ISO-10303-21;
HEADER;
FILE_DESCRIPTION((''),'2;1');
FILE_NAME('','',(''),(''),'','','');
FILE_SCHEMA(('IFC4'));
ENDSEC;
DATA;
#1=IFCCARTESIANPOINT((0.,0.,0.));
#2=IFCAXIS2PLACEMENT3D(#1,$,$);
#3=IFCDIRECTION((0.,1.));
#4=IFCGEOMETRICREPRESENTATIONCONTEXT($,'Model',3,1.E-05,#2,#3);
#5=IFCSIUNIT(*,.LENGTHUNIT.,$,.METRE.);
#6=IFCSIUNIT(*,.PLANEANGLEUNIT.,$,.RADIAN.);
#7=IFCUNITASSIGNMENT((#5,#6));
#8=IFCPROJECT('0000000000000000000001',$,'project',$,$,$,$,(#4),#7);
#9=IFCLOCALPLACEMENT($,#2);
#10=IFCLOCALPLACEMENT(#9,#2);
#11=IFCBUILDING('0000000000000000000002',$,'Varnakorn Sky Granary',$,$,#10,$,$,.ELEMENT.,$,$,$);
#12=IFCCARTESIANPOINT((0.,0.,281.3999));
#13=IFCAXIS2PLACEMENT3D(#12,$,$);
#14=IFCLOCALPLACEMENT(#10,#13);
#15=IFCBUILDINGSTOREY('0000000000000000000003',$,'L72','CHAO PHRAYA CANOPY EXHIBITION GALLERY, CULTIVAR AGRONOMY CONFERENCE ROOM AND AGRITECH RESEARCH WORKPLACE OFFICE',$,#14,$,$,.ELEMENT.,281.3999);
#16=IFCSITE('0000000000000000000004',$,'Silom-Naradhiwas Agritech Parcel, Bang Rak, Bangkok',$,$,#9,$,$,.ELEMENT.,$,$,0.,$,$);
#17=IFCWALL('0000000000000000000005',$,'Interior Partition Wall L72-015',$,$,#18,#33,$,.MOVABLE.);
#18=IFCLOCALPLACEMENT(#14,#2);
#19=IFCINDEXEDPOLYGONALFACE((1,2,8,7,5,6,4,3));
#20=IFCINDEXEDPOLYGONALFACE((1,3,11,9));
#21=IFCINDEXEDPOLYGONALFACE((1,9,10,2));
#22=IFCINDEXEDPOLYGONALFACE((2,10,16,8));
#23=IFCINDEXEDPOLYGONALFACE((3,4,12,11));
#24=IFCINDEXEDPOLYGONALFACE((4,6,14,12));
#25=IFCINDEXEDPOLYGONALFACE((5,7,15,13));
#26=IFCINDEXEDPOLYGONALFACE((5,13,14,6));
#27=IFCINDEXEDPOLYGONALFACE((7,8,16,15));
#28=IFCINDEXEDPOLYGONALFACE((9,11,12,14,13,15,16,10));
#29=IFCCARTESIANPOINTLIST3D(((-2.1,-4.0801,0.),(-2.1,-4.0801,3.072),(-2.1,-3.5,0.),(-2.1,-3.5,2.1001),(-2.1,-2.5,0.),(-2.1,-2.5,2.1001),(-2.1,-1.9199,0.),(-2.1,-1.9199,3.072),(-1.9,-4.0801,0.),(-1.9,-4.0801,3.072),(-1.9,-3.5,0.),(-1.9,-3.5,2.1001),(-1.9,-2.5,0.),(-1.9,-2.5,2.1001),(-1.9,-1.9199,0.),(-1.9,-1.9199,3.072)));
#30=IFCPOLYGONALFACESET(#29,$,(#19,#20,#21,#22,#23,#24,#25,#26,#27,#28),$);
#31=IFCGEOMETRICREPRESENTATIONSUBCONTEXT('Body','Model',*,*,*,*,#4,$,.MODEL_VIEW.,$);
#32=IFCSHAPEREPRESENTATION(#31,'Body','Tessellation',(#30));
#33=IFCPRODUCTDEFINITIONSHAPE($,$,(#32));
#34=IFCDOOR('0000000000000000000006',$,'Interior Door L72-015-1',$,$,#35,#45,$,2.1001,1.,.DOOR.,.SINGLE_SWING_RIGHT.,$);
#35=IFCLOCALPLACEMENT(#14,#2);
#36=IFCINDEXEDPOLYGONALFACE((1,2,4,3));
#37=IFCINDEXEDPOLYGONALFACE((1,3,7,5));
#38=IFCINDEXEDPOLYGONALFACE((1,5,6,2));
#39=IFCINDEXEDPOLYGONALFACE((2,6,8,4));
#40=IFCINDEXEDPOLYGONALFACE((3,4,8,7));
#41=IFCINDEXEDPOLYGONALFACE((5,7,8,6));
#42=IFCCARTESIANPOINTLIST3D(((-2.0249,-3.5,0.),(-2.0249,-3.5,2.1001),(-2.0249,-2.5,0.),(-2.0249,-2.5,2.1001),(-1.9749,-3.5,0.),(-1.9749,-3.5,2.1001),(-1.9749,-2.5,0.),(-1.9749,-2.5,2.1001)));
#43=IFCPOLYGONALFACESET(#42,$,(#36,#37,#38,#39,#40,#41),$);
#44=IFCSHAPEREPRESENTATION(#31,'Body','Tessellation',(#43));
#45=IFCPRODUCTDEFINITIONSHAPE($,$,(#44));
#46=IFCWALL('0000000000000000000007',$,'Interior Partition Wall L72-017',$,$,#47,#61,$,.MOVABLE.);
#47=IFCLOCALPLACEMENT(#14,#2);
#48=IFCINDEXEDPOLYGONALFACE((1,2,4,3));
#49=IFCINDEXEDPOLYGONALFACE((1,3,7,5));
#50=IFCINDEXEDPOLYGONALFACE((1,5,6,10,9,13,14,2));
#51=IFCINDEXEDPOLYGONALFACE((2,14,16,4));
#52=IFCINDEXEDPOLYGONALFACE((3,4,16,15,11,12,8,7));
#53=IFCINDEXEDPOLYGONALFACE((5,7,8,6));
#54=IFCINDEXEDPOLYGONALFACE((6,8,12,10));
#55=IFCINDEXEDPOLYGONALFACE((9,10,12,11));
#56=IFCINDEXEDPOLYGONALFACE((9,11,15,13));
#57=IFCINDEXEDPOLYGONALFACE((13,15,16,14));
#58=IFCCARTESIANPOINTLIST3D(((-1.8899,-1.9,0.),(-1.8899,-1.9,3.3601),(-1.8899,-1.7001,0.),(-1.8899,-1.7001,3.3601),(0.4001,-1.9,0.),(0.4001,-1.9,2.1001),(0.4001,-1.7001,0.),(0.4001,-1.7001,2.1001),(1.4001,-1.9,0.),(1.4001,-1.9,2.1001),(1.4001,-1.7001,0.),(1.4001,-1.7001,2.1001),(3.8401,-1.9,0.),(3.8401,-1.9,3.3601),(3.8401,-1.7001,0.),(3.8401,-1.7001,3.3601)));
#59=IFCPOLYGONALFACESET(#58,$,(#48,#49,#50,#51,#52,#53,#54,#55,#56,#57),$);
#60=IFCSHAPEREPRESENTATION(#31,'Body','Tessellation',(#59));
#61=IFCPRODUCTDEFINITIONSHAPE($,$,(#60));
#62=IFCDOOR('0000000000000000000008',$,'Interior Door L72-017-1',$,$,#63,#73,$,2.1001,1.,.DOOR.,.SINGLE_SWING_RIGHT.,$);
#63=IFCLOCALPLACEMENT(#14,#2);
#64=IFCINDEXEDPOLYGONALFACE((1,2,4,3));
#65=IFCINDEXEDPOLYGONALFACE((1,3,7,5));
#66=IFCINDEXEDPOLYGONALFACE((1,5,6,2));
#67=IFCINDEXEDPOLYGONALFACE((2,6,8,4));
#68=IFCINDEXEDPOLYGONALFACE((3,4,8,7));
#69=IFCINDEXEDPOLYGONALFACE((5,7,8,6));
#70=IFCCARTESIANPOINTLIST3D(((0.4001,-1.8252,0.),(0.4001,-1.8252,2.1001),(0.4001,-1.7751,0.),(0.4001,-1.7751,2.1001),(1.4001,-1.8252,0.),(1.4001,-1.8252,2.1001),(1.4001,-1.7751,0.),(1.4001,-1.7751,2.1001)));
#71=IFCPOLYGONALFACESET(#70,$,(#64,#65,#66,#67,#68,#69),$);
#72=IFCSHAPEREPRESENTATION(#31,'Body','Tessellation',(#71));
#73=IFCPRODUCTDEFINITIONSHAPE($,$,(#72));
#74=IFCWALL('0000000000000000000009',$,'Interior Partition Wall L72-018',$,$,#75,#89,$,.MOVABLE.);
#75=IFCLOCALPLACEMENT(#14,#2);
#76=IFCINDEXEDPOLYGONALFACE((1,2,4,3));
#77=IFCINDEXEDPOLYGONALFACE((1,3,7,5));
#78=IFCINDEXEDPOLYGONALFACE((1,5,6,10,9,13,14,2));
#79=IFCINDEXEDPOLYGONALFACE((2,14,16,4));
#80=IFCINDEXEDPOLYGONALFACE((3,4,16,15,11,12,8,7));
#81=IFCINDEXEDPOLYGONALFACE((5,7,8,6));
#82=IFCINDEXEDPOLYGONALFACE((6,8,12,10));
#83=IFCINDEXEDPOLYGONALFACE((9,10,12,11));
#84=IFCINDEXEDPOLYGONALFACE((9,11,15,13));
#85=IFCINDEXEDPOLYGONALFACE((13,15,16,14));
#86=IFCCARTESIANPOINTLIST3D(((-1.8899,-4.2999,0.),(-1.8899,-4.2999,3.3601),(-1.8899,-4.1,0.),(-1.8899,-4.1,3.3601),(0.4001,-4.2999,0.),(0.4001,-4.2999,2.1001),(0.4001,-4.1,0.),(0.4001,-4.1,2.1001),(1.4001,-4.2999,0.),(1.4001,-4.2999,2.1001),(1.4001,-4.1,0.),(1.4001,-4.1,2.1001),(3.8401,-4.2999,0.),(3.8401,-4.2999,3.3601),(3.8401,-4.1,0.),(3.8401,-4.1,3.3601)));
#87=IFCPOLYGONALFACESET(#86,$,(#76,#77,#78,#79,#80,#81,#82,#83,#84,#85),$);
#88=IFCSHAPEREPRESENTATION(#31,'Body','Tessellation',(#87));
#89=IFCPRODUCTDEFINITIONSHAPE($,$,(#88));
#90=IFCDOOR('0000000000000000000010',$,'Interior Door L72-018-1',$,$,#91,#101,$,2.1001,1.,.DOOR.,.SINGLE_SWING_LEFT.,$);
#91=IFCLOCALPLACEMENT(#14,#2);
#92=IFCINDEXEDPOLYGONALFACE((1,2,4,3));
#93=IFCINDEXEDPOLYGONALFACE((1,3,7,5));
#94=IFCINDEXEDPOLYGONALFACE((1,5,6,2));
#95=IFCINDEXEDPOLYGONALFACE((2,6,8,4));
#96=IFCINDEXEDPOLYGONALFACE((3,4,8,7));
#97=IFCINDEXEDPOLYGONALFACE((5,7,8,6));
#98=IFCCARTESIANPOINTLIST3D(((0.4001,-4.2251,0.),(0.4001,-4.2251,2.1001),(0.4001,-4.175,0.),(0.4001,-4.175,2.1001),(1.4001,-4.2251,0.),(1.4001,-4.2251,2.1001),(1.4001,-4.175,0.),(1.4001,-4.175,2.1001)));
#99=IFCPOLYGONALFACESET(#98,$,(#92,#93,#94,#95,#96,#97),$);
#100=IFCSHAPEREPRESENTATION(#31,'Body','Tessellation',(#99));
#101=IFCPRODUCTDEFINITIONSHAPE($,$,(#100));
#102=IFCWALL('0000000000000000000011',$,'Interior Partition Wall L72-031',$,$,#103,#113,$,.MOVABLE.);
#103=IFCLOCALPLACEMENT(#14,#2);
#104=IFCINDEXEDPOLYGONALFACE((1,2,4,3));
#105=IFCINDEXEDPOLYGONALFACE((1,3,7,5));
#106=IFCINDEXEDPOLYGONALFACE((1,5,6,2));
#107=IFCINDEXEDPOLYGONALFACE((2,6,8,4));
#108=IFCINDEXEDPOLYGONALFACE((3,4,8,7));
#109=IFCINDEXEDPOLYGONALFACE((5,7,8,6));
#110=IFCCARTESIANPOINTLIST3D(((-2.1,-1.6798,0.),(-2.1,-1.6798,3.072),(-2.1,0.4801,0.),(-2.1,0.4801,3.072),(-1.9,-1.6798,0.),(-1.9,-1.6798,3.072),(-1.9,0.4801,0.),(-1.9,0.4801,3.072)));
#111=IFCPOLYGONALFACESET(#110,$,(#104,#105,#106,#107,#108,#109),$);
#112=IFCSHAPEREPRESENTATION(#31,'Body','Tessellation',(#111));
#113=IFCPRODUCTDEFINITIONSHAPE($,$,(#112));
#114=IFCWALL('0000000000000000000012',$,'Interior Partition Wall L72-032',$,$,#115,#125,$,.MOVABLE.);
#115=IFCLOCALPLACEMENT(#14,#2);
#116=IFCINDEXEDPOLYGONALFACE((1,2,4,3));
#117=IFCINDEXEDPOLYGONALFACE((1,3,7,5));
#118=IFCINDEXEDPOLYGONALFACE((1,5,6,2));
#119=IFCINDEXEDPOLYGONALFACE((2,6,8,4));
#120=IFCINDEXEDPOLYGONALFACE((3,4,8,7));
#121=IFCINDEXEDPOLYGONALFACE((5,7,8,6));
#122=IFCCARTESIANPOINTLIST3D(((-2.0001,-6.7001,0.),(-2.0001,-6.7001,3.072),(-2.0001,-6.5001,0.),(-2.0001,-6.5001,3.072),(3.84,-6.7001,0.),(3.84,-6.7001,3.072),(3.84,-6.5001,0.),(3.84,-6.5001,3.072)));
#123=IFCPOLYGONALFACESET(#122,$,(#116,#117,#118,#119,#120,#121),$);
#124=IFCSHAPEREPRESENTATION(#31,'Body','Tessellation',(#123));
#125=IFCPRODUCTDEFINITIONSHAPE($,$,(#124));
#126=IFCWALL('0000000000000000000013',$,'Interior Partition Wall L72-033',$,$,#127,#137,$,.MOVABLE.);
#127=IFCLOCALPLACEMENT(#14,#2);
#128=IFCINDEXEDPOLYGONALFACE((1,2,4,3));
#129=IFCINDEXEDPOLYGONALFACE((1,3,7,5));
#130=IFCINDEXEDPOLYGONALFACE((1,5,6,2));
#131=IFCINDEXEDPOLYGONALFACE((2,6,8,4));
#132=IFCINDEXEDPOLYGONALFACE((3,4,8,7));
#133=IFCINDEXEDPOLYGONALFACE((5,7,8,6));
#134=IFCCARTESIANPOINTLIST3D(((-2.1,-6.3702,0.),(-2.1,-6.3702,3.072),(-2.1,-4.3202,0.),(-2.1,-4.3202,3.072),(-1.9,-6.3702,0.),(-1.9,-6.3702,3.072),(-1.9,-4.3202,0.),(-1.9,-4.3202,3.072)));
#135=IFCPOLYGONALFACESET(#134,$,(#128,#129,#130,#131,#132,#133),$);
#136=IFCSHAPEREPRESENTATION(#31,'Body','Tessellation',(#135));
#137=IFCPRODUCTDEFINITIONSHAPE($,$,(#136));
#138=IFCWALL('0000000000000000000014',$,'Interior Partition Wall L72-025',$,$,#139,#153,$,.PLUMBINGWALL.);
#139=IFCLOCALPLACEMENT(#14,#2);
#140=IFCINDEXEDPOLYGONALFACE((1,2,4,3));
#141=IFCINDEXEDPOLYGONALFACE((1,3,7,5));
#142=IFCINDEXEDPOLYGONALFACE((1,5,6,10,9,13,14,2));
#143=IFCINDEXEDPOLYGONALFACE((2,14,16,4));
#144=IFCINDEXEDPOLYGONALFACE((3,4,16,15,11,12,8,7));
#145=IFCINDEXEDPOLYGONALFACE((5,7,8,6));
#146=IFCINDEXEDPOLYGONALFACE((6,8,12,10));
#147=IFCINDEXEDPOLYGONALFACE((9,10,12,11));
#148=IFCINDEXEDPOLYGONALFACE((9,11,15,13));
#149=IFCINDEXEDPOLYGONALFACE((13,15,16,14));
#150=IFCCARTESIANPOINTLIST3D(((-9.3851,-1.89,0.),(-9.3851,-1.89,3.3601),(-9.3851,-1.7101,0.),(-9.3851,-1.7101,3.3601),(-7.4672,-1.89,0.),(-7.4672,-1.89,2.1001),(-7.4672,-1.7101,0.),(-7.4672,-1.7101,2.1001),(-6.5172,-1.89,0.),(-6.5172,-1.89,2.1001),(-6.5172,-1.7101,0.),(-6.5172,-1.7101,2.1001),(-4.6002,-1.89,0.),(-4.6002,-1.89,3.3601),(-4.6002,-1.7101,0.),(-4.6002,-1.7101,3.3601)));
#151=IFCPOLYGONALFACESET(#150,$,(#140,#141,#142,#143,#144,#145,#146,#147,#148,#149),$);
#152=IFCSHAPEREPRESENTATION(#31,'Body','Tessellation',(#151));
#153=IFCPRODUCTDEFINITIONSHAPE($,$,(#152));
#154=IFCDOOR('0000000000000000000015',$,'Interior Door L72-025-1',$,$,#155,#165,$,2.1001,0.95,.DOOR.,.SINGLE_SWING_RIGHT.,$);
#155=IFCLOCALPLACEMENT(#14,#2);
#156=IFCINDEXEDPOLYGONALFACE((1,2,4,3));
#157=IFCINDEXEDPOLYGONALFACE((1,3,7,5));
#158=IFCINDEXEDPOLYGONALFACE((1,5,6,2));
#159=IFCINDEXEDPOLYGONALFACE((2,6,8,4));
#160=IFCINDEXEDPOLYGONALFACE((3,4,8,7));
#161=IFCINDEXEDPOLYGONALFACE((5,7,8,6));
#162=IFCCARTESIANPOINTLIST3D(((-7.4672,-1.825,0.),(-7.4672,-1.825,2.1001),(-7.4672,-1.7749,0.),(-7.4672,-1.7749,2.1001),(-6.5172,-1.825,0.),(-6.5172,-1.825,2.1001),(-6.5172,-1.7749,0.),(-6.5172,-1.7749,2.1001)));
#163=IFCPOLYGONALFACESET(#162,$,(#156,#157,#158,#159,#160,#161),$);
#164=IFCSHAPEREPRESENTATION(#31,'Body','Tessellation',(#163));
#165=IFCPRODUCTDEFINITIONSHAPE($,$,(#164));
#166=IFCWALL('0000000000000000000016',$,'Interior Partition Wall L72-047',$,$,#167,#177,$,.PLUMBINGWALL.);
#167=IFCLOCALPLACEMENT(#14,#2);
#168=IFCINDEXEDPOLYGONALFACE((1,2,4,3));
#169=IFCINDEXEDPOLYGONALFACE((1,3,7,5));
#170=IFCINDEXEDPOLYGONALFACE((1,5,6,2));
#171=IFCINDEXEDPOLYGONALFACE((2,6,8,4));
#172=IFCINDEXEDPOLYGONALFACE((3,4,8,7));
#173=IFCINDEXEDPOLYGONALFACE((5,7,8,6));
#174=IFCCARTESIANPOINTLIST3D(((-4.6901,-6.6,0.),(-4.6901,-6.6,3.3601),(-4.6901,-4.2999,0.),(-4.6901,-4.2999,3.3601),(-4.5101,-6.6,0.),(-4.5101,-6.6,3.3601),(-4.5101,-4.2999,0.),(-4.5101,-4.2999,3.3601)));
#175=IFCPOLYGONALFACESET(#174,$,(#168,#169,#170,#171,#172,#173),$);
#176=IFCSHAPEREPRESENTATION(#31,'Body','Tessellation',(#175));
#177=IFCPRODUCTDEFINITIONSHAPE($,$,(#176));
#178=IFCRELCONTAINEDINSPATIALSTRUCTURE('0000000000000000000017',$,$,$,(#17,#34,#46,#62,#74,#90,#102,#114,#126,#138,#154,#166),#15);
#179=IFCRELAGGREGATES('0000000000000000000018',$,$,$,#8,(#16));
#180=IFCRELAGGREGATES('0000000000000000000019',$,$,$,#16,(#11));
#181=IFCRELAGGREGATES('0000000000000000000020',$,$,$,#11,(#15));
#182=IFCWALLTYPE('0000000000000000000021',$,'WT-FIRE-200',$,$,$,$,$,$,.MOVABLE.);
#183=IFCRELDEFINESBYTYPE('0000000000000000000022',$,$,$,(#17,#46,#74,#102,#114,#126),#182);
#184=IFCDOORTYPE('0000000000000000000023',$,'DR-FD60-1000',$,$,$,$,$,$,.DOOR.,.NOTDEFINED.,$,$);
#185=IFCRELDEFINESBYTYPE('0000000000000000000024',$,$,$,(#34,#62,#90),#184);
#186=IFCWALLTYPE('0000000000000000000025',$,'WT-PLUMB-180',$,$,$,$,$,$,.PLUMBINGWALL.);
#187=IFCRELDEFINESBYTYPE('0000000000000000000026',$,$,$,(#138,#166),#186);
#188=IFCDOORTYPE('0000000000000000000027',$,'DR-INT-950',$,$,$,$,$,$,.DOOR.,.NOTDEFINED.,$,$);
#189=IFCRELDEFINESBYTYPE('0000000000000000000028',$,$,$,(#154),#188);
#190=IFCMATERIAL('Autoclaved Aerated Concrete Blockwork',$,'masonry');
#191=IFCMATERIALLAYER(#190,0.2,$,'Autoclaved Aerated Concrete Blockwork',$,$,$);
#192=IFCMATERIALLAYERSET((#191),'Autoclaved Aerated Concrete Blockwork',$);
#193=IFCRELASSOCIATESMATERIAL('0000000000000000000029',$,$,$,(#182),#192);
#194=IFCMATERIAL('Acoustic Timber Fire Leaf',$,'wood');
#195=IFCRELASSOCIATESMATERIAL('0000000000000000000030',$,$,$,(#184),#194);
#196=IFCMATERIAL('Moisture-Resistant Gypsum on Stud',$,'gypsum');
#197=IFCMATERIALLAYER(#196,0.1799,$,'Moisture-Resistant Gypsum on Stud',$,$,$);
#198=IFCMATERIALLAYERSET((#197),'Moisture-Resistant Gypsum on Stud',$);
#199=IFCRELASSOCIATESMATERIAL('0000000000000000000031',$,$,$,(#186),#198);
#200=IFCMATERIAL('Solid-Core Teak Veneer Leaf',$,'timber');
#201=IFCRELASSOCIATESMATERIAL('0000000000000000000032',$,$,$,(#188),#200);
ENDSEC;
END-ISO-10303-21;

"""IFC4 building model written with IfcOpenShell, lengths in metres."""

from ifc_helpers import new_model, si_unit, direction, frame, frame_2d, origin, place, context, subcontext, project, spatial, rectangle, extrude, material, layer, layer_set, type_object, element, fill, save


model = new_model("IFC4")

# Units and contexts
model_context = context("Model", 3, precision=1e-05, world=origin(), true_north=direction((0.0, 1.0)))
body_context = subcontext(model_context, "Body", "Model", "MODEL_VIEW")
ifc_project = project(units=[si_unit("LENGTHUNIT", "METRE"), si_unit("PLANEANGLEUNIT", "RADIAN")], contexts=[model_context])

# Site, building, storey
site_placement = place(None, origin())
site = spatial("IfcSite", under=ifc_project, at=site_placement, Name="Silom-Naradhiwas Agritech Parcel, Bang Rak, Bangkok", CompositionType="ELEMENT", RefElevation=0.0)
building_placement = place(site_placement, origin())
building = spatial("IfcBuilding", under=site, at=building_placement, Name="Varnakorn Sky Granary", CompositionType="ELEMENT")
storey_placement = place(building_placement, frame((0.0, 0.0, 281.3999)))
storey = spatial("IfcBuildingStorey", under=building, at=storey_placement, Name="L72", Description="CHAO PHRAYA CANOPY EXHIBITION GALLERY, CULTIVAR AGRONOMY CONFERENCE ROOM AND AGRITECH RESEARCH WORKPLACE OFFICE", CompositionType="ELEMENT", Elevation=281.3999)

# Walls, openings, doors
ifc_material_1 = material(Name="Autoclaved Aerated Concrete Blockwork", Category="masonry")
ifc_layer_1 = layer(ifc_material_1, 0.2, Name="Autoclaved Aerated Concrete Blockwork")
ifc_layer_set_1 = layer_set([ifc_layer_1], Name="Autoclaved Aerated Concrete Blockwork")
wall_type_1 = type_object("IfcWallType", Name="WT-FIRE-200", PredefinedType="MOVABLE", material=ifc_layer_set_1)
wall_1_placement = place(storey_placement, frame((-2.0, -4.0801, 0.0), z_axis=(0.0, 0.0, 1.0), x_axis=(0.0, 1.0, 0.0)))
wall_1 = element("IfcWall", 1, at=wall_1_placement, inside=storey, type_object=wall_type_1, Name="Interior Partition Wall L72-015", PredefinedType="MOVABLE", context=body_context, shape_type="SweptSolid", body=[
    extrude(rectangle(XDim=2.1602, YDim=0.2, at=frame_2d((1.0801, 0.0))), origin(), (0.0, 0.0, 1.0), 3.072),
])
opening_1_placement = place(wall_1_placement, frame((0.5801, 0.0, 0.0)))
opening_1 = element("IfcOpeningElement", 2, at=opening_1_placement, cuts=wall_1, PredefinedType="OPENING", context=body_context, shape_type="SweptSolid", body=[
    extrude(rectangle(XDim=1.0, YDim=2.1001, at=frame_2d((0.5, 1.05))), frame((0.0, 0.1099, 0.0), z_axis=(0.0, -1.0, 0.0), x_axis=(1.0, 0.0, 0.0)), (0.0, 0.0, 1.0), 0.22),
])
ifc_material_2 = material(Name="Acoustic Timber Fire Leaf", Category="wood")
door_type_1 = type_object("IfcDoorType", Name="DR-FD60-1000", OperationType="NOTDEFINED", PredefinedType="DOOR", material=ifc_material_2)
door_1_placement = place(opening_1_placement, origin())
door_1 = element("IfcDoor", 3, at=door_1_placement, inside=storey, type_object=door_type_1, Name="Interior Door L72-015-1", OperationType="SINGLE_SWING_RIGHT", OverallHeight=2.1001, OverallWidth=1.0, PredefinedType="DOOR", context=body_context, shape_type="SweptSolid", body=[
    extrude(rectangle(XDim=1.0, YDim=2.1001, at=frame_2d((0.5, 1.05))), frame((0.0, 0.0249, 0.0), z_axis=(0.0, -1.0, 0.0), x_axis=(1.0, 0.0, 0.0)), (0.0, 0.0, 1.0), 0.05),
])
fill(opening_1, door_1)
wall_2_placement = place(storey_placement, frame((-1.8899, -1.8, 0.0), z_axis=(0.0, 0.0, 1.0), x_axis=(1.0, 0.0, 0.0)))
wall_2 = element("IfcWall", 4, at=wall_2_placement, inside=storey, type_object=wall_type_1, Name="Interior Partition Wall L72-017", PredefinedType="MOVABLE", context=body_context, shape_type="SweptSolid", body=[
    extrude(rectangle(XDim=5.73, YDim=0.2, at=frame_2d((2.865, 0.0))), origin(), (0.0, 0.0, 1.0), 3.3601),
])
opening_2_placement = place(wall_2_placement, frame((2.29, 0.0, 0.0)))
opening_2 = element("IfcOpeningElement", 5, at=opening_2_placement, cuts=wall_2, PredefinedType="OPENING", context=body_context, shape_type="SweptSolid", body=[
    extrude(rectangle(XDim=1.0, YDim=2.1001, at=frame_2d((0.5, 1.05))), frame((0.0, 0.1099, 0.0), z_axis=(0.0, -1.0, 0.0), x_axis=(1.0, 0.0, 0.0)), (0.0, 0.0, 1.0), 0.22),
])
door_2_placement = place(opening_2_placement, origin())
door_2 = element("IfcDoor", 6, at=door_2_placement, inside=storey, type_object=door_type_1, Name="Interior Door L72-017-1", OperationType="SINGLE_SWING_RIGHT", OverallHeight=2.1001, OverallWidth=1.0, PredefinedType="DOOR", context=body_context, shape_type="SweptSolid", body=[
    extrude(rectangle(XDim=1.0, YDim=2.1001, at=frame_2d((0.5, 1.05))), frame((0.0, 0.0249, 0.0), z_axis=(0.0, -1.0, 0.0), x_axis=(1.0, 0.0, 0.0)), (0.0, 0.0, 1.0), 0.05),
])
fill(opening_2, door_2)
wall_3_placement = place(storey_placement, frame((-1.8899, -4.2, 0.0), z_axis=(0.0, 0.0, 1.0), x_axis=(1.0, 0.0, 0.0)))
wall_3 = element("IfcWall", 7, at=wall_3_placement, inside=storey, type_object=wall_type_1, Name="Interior Partition Wall L72-018", PredefinedType="MOVABLE", context=body_context, shape_type="SweptSolid", body=[
    extrude(rectangle(XDim=5.73, YDim=0.2, at=frame_2d((2.865, 0.0))), origin(), (0.0, 0.0, 1.0), 3.3601),
])
opening_3_placement = place(wall_3_placement, frame((2.29, 0.0, 0.0)))
opening_3 = element("IfcOpeningElement", 8, at=opening_3_placement, cuts=wall_3, PredefinedType="OPENING", context=body_context, shape_type="SweptSolid", body=[
    extrude(rectangle(XDim=1.0, YDim=2.1001, at=frame_2d((0.5, 1.05))), frame((0.0, 0.1099, 0.0), z_axis=(0.0, -1.0, 0.0), x_axis=(1.0, 0.0, 0.0)), (0.0, 0.0, 1.0), 0.22),
])
door_3_placement = place(opening_3_placement, origin())
door_3 = element("IfcDoor", 9, at=door_3_placement, inside=storey, type_object=door_type_1, Name="Interior Door L72-018-1", OperationType="SINGLE_SWING_LEFT", OverallHeight=2.1001, OverallWidth=1.0, PredefinedType="DOOR", context=body_context, shape_type="SweptSolid", body=[
    extrude(rectangle(XDim=1.0, YDim=2.1001, at=frame_2d((0.5, 1.05))), frame((0.0, 0.0249, 0.0), z_axis=(0.0, -1.0, 0.0), x_axis=(1.0, 0.0, 0.0)), (0.0, 0.0, 1.0), 0.05),
])
fill(opening_3, door_3)

# Walls
wall_4_placement = place(storey_placement, frame((-2.0, -1.6799, 0.0), z_axis=(0.0, 0.0, 1.0), x_axis=(0.0, 1.0, 0.0)))
element("IfcWall", 10, at=wall_4_placement, inside=storey, type_object=wall_type_1, Name="Interior Partition Wall L72-031", PredefinedType="MOVABLE", context=body_context, shape_type="SweptSolid", body=[
    extrude(rectangle(XDim=2.1599, YDim=0.2, at=frame_2d((1.0801, 0.0))), origin(), (0.0, 0.0, 1.0), 3.072),
])
wall_5_placement = place(storey_placement, frame((-2.0, -6.6001, 0.0), z_axis=(0.0, 0.0, 1.0), x_axis=(1.0, 0.0, 0.0)))
element("IfcWall", 11, at=wall_5_placement, inside=storey, type_object=wall_type_1, Name="Interior Partition Wall L72-032", PredefinedType="MOVABLE", context=body_context, shape_type="SweptSolid", body=[
    extrude(rectangle(XDim=5.8401, YDim=0.2, at=frame_2d((2.9199, 0.0))), origin(), (0.0, 0.0, 1.0), 3.072),
])
wall_6_placement = place(storey_placement, frame((-2.0, -6.3701, 0.0), z_axis=(0.0, 0.0, 1.0), x_axis=(0.0, 1.0, 0.0)))
element("IfcWall", 12, at=wall_6_placement, inside=storey, type_object=wall_type_1, Name="Interior Partition Wall L72-033", PredefinedType="MOVABLE", context=body_context, shape_type="SweptSolid", body=[
    extrude(rectangle(XDim=2.05, YDim=0.2, at=frame_2d((1.0249, 0.0))), origin(), (0.0, 0.0, 1.0), 3.072),
])

# Wall, opening, door
ifc_material_3 = material(Name="Moisture-Resistant Gypsum on Stud", Category="gypsum")
ifc_layer_2 = layer(ifc_material_3, 0.1799, Name="Moisture-Resistant Gypsum on Stud")
ifc_layer_set_2 = layer_set([ifc_layer_2], Name="Moisture-Resistant Gypsum on Stud")
wall_type_2 = type_object("IfcWallType", Name="WT-PLUMB-180", PredefinedType="PLUMBINGWALL", material=ifc_layer_set_2)
wall_7_placement = place(storey_placement, frame((-4.6001, -1.8, 0.0), z_axis=(0.0, 0.0, 1.0), x_axis=(-1.0, 0.0, 0.0)))
wall_7 = element("IfcWall", 13, at=wall_7_placement, inside=storey, type_object=wall_type_2, Name="Interior Partition Wall L72-025", PredefinedType="PLUMBINGWALL", context=body_context, shape_type="SweptSolid", body=[
    extrude(rectangle(XDim=4.7849, YDim=0.1799, at=frame_2d((2.3926, 0.0))), origin(), (0.0, 0.0, 1.0), 3.3601),
])
opening_4_placement = place(wall_7_placement, frame((1.917, 0.0, 0.0)))
opening_4 = element("IfcOpeningElement", 14, at=opening_4_placement, cuts=wall_7, PredefinedType="OPENING", context=body_context, shape_type="SweptSolid", body=[
    extrude(rectangle(XDim=0.95, YDim=2.1001, at=frame_2d((0.4751, 1.05))), frame((0.0, 0.1001, 0.0), z_axis=(0.0, -1.0, 0.0), x_axis=(1.0, 0.0, 0.0)), (0.0, 0.0, 1.0), 0.2),
])
ifc_material_4 = material(Name="Solid-Core Teak Veneer Leaf", Category="timber")
door_type_2 = type_object("IfcDoorType", Name="DR-INT-950", OperationType="NOTDEFINED", PredefinedType="DOOR", material=ifc_material_4)
door_4_placement = place(opening_4_placement, origin())
door_4 = element("IfcDoor", 15, at=door_4_placement, inside=storey, type_object=door_type_2, Name="Interior Door L72-025-1", OperationType="SINGLE_SWING_RIGHT", OverallHeight=2.1001, OverallWidth=0.95, PredefinedType="DOOR", context=body_context, shape_type="SweptSolid", body=[
    extrude(rectangle(XDim=0.95, YDim=2.1001, at=frame_2d((0.4751, 1.05))), frame((0.0, 0.0249, 0.0), z_axis=(0.0, -1.0, 0.0), x_axis=(1.0, 0.0, 0.0)), (0.0, 0.0, 1.0), 0.05),
])
fill(opening_4, door_4)

# Wall
wall_8_placement = place(storey_placement, frame((-4.6001, -4.3, 0.0), z_axis=(0.0, 0.0, 1.0), x_axis=(0.0, -1.0, 0.0)))
element("IfcWall", 16, at=wall_8_placement, inside=storey, type_object=wall_type_2, Name="Interior Partition Wall L72-047", PredefinedType="PLUMBINGWALL", context=body_context, shape_type="SweptSolid", body=[
    extrude(rectangle(XDim=2.3, YDim=0.1799, at=frame_2d((1.1499, 0.0))), origin(), (0.0, 0.0, 1.0), 3.3601),
])

save(model, "model.ifc")
